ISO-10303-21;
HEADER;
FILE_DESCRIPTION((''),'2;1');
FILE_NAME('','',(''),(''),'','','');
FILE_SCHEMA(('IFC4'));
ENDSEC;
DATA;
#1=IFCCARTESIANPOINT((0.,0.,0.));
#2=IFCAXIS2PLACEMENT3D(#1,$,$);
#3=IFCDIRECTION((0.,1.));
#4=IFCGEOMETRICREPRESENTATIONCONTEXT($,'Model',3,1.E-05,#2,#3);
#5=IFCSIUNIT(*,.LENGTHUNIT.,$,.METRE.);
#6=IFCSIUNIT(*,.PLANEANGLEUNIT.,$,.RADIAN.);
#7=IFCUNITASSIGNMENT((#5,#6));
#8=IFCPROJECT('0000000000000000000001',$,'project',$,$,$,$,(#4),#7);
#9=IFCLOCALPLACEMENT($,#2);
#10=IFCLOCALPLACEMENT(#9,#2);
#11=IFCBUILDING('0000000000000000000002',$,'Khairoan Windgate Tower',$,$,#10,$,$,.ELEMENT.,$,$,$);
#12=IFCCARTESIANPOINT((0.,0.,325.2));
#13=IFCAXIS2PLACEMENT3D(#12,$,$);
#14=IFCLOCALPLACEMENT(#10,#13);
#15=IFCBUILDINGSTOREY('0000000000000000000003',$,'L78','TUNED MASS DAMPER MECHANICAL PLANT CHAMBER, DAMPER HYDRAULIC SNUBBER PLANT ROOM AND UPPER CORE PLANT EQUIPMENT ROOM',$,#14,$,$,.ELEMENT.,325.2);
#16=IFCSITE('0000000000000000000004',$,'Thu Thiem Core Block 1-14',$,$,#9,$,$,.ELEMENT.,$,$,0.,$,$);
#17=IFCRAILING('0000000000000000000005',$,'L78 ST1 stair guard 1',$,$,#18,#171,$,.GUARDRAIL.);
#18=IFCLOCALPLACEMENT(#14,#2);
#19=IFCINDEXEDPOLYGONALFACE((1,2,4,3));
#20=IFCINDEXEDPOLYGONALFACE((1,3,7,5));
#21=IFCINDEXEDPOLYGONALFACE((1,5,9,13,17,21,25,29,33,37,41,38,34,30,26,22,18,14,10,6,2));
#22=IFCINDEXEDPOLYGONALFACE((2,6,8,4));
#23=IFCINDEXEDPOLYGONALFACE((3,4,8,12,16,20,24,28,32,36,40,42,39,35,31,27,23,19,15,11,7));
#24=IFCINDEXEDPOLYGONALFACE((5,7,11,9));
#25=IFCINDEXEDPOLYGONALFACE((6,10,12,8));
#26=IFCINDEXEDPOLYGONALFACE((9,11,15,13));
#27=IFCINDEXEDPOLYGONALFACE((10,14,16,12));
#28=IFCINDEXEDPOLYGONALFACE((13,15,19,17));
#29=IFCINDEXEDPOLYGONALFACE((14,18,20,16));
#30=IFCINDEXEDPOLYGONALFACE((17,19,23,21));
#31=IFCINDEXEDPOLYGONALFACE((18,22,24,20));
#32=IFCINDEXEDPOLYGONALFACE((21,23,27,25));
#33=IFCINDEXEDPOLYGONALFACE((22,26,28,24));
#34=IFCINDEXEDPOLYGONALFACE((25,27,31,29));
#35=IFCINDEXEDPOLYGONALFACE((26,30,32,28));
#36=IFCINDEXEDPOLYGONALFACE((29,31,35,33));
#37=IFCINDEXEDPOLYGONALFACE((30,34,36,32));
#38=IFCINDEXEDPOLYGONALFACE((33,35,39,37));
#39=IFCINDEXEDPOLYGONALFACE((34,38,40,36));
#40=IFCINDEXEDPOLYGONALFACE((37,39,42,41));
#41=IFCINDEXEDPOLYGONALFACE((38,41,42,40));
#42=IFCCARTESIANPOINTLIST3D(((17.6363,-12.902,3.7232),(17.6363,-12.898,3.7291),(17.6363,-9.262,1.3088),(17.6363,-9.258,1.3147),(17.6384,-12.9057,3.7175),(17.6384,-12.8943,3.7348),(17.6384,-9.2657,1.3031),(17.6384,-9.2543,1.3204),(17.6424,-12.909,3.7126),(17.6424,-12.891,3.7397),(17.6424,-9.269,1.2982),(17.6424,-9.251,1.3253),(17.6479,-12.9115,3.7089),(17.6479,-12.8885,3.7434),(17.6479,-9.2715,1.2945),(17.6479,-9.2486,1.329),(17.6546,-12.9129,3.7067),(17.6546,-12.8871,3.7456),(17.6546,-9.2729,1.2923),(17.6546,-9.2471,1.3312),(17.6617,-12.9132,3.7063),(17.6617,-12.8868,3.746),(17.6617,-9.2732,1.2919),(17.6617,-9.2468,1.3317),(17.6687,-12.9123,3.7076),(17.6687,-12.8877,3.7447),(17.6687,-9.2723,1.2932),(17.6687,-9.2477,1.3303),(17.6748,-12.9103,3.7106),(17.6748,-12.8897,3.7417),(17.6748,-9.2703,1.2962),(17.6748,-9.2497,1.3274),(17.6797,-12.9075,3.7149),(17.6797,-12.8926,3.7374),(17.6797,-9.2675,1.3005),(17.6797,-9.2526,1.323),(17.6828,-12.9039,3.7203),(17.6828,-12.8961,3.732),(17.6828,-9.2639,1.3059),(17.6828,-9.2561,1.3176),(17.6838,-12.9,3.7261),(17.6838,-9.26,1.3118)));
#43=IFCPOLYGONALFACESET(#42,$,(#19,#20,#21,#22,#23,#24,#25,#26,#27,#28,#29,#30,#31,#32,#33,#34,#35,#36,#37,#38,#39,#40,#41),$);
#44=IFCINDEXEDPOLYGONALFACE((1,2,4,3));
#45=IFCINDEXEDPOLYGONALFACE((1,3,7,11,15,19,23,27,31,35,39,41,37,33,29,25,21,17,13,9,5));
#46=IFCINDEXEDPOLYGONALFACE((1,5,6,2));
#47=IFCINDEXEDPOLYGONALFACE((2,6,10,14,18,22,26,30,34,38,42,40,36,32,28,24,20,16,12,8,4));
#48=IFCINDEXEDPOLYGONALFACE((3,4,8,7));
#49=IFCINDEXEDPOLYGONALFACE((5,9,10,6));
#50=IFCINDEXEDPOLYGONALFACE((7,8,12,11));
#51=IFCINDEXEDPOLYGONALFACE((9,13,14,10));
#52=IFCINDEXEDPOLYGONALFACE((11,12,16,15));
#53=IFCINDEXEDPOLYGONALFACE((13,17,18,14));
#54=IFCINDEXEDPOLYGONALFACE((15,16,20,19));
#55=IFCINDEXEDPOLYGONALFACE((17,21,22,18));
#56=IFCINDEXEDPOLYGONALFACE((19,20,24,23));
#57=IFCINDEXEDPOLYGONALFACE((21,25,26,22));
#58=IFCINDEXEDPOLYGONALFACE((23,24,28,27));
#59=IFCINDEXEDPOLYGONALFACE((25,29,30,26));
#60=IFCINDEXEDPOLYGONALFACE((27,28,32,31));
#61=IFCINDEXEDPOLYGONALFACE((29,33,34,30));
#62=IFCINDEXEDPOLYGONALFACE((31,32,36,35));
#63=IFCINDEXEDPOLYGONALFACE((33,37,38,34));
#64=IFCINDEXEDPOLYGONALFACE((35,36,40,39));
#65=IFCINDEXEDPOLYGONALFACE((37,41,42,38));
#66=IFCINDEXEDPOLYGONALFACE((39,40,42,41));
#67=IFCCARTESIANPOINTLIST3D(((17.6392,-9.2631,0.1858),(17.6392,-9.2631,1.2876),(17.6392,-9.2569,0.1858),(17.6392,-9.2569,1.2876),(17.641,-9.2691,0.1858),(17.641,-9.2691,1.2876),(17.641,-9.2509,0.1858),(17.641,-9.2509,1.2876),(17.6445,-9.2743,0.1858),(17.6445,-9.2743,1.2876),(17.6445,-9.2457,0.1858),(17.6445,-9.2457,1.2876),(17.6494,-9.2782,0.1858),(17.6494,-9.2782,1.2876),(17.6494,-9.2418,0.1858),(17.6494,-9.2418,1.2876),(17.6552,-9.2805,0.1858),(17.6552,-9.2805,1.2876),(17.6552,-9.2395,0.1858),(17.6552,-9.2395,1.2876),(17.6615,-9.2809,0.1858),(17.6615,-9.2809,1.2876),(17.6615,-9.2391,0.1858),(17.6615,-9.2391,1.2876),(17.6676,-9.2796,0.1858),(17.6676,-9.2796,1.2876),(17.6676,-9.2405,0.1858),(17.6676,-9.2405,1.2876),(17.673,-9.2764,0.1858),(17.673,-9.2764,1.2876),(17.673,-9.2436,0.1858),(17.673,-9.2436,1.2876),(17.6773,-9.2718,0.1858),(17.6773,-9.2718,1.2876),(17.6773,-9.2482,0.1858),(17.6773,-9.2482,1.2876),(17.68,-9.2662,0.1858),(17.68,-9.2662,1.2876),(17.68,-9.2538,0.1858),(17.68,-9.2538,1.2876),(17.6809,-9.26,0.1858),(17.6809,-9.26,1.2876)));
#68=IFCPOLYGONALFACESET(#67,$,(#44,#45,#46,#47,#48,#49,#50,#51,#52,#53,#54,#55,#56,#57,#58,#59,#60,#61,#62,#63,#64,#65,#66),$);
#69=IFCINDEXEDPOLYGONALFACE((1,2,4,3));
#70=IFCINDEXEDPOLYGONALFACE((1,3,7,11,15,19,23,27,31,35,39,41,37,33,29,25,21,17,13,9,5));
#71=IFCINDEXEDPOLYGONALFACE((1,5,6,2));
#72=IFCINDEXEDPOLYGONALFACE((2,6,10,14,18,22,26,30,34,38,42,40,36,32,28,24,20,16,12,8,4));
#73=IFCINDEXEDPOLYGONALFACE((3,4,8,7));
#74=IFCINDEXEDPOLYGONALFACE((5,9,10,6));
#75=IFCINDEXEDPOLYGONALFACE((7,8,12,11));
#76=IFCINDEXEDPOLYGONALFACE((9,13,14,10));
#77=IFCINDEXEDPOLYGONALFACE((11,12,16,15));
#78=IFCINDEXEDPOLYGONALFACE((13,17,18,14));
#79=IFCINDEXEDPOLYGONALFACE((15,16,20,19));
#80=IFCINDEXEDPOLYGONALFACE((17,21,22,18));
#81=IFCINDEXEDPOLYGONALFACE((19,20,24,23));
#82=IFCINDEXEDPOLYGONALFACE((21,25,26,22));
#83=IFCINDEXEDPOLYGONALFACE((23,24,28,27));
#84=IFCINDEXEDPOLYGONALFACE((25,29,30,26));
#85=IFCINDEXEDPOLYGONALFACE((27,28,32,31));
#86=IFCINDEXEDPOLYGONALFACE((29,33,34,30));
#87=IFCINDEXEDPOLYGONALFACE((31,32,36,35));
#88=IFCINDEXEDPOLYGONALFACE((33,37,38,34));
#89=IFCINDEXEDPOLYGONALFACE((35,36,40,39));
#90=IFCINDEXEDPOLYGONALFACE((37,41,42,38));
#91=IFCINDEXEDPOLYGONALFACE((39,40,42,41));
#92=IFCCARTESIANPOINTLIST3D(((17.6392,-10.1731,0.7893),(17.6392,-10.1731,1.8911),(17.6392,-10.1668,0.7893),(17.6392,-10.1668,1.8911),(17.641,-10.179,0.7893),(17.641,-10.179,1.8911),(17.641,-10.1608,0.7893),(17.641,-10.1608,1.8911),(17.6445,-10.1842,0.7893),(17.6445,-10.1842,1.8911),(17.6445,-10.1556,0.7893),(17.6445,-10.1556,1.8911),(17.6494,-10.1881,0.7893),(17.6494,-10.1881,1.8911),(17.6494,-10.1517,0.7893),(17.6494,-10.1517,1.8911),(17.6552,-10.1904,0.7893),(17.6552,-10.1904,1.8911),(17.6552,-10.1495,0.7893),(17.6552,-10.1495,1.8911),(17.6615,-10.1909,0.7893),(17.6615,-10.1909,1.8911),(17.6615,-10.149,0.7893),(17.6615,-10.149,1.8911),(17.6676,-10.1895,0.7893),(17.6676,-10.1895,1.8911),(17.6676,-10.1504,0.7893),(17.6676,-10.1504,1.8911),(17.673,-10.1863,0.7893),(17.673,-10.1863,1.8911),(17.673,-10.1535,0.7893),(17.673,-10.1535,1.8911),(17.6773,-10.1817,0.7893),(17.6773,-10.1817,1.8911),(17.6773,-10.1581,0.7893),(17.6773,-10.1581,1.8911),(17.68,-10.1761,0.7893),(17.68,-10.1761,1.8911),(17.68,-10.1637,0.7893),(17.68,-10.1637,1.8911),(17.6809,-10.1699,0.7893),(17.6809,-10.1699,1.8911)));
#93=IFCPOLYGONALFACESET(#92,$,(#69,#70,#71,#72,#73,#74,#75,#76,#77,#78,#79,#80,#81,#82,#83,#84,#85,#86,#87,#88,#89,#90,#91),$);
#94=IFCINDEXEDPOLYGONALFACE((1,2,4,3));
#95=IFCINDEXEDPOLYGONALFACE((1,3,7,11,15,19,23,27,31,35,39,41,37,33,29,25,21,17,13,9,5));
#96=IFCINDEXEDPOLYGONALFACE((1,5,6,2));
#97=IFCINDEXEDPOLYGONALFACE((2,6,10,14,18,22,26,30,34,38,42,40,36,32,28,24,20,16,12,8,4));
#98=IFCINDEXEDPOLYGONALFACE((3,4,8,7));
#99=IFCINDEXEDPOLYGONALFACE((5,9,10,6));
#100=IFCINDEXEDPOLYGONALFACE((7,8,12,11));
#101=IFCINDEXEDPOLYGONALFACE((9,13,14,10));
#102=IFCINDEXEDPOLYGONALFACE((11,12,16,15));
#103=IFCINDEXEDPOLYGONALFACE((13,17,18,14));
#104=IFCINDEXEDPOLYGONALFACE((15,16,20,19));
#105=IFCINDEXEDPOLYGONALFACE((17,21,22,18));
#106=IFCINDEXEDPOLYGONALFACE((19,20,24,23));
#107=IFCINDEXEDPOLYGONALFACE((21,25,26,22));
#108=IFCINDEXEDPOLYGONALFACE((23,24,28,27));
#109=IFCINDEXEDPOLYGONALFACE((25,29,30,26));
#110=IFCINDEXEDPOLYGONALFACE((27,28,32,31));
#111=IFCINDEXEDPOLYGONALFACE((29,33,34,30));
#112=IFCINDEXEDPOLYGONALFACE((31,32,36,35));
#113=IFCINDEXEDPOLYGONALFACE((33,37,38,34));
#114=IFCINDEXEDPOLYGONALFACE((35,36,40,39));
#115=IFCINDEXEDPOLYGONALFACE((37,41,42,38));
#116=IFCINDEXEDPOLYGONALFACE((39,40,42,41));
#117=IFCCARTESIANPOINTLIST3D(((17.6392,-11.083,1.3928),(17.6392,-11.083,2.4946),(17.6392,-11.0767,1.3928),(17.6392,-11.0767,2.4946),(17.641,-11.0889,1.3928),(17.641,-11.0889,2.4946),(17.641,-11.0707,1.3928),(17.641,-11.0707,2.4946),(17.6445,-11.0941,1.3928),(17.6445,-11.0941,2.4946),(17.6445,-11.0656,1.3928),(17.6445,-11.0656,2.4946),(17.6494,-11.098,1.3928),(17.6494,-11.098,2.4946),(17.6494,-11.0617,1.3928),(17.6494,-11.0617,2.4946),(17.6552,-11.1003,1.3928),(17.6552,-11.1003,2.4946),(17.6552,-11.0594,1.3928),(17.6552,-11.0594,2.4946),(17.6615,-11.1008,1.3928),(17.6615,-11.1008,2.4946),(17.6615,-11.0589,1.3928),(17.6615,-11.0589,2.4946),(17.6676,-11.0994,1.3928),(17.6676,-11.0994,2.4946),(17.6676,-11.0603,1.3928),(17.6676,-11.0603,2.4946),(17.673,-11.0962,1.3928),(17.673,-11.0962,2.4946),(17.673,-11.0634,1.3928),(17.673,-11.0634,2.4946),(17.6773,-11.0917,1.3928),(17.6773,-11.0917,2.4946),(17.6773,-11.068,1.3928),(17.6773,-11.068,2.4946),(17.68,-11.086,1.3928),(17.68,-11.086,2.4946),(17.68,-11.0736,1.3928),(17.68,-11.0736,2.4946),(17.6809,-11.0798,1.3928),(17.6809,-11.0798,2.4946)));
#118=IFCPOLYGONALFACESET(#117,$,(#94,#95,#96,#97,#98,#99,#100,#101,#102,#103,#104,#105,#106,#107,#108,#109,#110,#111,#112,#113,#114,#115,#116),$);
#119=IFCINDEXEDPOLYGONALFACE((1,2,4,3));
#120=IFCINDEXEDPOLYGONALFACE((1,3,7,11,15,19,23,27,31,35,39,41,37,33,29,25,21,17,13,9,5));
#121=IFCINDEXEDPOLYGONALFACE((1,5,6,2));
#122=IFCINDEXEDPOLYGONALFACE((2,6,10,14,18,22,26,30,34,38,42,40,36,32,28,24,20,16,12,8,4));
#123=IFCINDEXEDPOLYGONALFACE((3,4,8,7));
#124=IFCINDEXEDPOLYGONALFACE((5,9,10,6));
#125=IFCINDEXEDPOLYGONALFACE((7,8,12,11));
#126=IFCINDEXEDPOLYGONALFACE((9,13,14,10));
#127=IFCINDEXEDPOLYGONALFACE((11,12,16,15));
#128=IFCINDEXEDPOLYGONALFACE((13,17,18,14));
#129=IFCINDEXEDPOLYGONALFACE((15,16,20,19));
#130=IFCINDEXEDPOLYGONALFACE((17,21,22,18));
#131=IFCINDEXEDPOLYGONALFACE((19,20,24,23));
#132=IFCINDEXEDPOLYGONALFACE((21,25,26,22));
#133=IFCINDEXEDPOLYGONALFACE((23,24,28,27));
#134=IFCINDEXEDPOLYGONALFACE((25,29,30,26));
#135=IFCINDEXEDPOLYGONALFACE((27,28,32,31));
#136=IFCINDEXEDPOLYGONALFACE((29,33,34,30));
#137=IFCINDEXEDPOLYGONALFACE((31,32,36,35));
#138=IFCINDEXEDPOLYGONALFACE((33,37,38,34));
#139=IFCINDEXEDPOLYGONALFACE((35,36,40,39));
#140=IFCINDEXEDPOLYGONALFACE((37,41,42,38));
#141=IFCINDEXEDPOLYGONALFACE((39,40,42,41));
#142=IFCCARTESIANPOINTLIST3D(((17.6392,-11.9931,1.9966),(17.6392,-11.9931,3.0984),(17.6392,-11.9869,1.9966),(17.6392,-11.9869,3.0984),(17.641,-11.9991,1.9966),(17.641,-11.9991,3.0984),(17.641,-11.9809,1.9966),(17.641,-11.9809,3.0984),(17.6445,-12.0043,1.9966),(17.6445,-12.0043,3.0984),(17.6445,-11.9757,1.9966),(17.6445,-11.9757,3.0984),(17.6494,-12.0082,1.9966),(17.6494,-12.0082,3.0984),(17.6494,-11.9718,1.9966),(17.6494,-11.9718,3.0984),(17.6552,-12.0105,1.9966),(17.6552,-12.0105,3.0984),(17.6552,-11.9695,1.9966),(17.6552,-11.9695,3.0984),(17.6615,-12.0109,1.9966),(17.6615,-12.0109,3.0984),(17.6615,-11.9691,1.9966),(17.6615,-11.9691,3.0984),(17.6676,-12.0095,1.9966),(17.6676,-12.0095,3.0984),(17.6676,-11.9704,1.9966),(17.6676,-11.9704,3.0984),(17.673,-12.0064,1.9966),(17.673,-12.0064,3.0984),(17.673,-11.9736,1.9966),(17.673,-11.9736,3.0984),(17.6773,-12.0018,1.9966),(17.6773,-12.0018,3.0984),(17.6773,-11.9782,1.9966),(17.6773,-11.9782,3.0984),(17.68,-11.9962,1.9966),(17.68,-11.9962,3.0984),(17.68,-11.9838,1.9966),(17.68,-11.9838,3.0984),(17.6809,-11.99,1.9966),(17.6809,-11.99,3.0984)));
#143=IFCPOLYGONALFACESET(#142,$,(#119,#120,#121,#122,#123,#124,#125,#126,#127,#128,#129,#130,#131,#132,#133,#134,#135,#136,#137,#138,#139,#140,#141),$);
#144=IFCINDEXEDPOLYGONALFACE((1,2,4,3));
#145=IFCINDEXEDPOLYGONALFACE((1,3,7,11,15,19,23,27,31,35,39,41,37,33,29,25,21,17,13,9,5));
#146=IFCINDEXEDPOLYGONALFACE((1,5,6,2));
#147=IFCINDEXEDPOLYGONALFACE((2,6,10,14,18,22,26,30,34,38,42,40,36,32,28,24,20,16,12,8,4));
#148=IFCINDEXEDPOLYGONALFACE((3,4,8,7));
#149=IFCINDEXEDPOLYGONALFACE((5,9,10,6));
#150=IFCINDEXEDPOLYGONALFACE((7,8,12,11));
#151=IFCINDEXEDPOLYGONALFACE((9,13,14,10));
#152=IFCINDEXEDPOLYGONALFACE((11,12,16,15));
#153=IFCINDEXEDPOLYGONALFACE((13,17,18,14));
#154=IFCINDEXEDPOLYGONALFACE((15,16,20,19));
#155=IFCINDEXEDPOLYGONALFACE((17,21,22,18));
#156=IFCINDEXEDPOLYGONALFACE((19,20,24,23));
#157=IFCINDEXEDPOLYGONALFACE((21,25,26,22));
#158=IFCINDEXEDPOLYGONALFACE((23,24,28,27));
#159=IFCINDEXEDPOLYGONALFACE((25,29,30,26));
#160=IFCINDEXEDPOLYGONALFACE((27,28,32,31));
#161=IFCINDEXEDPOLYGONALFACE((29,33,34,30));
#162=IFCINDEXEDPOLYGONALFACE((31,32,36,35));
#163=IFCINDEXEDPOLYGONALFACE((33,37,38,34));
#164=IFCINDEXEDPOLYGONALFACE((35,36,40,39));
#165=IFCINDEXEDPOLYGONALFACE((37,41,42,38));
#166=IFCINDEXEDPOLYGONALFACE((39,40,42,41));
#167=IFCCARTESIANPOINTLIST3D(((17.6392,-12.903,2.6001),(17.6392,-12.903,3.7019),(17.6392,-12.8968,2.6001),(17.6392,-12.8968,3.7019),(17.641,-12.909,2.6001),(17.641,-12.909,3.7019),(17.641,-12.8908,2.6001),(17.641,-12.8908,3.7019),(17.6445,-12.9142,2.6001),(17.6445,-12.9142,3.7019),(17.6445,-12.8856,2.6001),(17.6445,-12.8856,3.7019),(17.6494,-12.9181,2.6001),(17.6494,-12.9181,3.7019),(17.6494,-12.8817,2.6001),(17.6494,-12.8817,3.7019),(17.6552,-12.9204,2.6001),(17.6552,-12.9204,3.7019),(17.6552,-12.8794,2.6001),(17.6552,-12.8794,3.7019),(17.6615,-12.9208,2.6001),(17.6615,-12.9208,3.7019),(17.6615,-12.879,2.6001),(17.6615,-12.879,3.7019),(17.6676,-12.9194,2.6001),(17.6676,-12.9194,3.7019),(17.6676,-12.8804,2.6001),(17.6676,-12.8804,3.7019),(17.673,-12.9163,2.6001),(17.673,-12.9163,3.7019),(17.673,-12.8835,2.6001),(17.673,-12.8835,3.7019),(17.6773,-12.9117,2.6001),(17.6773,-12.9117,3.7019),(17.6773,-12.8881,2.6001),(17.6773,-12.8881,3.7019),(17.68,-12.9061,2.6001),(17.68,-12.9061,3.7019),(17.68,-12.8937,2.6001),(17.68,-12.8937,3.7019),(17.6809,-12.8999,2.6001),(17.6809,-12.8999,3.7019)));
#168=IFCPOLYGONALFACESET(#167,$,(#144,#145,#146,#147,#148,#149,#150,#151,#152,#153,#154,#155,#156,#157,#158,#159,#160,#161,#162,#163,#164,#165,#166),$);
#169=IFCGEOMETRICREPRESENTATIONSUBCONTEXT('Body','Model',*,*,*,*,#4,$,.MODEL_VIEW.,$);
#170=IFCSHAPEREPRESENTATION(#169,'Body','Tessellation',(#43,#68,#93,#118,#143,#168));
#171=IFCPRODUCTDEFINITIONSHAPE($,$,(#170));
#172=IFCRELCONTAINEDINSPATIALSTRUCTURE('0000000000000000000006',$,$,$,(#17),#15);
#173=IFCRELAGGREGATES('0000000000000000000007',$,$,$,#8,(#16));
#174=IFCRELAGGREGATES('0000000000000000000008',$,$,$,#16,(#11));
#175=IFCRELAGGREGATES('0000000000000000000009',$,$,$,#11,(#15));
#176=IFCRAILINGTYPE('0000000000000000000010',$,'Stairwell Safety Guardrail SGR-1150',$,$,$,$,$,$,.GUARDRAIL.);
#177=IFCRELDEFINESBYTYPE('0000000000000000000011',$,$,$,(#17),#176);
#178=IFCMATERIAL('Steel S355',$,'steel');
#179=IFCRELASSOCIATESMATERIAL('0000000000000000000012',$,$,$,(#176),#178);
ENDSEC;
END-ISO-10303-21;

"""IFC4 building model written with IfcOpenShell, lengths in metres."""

from ifc_helpers import new_model, si_unit, direction, frame, origin, origin_2d, place, context, subcontext, project, spatial, circle, extrude, material, type_object, element, save


model = new_model("IFC4")

# Units and contexts
model_context = context("Model", 3, precision=1e-05, world=origin(), true_north=direction((0.0, 1.0)))
body_context = subcontext(model_context, "Body", "Model", "MODEL_VIEW")
ifc_project = project(units=[si_unit("LENGTHUNIT", "METRE"), si_unit("PLANEANGLEUNIT", "RADIAN")], contexts=[model_context])

# Site, building, storey
site_placement = place(None, origin())
site = spatial("IfcSite", under=ifc_project, at=site_placement, Name="Thu Thiem Core Block 1-14", CompositionType="ELEMENT", RefElevation=0.0)
building_placement = place(site_placement, origin())
building = spatial("IfcBuilding", under=site, at=building_placement, Name="Khairoan Windgate Tower", CompositionType="ELEMENT")
storey_placement = place(building_placement, frame((0.0, 0.0, 325.2)))
storey = spatial("IfcBuildingStorey", under=building, at=storey_placement, Name="L78", Description="TUNED MASS DAMPER MECHANICAL PLANT CHAMBER, DAMPER HYDRAULIC SNUBBER PLANT ROOM AND UPPER CORE PLANT EQUIPMENT ROOM", CompositionType="ELEMENT", Elevation=325.2)

# Railing
ifc_material_1 = material(Name="Steel S355", Category="steel")
railing_type_1 = type_object("IfcRailingType", Name="Stairwell Safety Guardrail SGR-1150", PredefinedType="GUARDRAIL", material=ifc_material_1)
railing_1_placement = place(storey_placement, frame((17.6599, -9.26, 0.1858)))
element("IfcRailing", 1, at=railing_1_placement, inside=storey, type_object=railing_type_1, Name="L78 ST1 stair guard 1", PredefinedType="GUARDRAIL", context=body_context, shape_type="SweptSolid", body=[
    extrude(circle(Radius=0.0239, at=origin_2d()), frame((0.0, 0.0, 1.126), z_axis=(0.0, -0.833347, 0.552751), x_axis=(1.0, 0.0, 0.0)), (0.0, 0.0, 1.0), 4.3679),
    extrude(circle(Radius=0.021, at=origin_2d()), origin(), (0.0, 0.0, 1.0), 1.1018),
    extrude(circle(Radius=0.021, at=origin_2d()), frame((0.0, -0.9099, 0.6035)), (0.0, 0.0, 1.0), 1.1018),
    extrude(circle(Radius=0.021, at=origin_2d()), frame((0.0, -1.8198, 1.207)), (0.0, 0.0, 1.0), 1.1018),
    extrude(circle(Radius=0.021, at=origin_2d()), frame((0.0, -2.73, 1.8108)), (0.0, 0.0, 1.0), 1.1018),
    extrude(circle(Radius=0.021, at=origin_2d()), frame((0.0, -3.6399, 2.4143)), (0.0, 0.0, 1.0), 1.1018),
])

save(model, "model.ifc")
